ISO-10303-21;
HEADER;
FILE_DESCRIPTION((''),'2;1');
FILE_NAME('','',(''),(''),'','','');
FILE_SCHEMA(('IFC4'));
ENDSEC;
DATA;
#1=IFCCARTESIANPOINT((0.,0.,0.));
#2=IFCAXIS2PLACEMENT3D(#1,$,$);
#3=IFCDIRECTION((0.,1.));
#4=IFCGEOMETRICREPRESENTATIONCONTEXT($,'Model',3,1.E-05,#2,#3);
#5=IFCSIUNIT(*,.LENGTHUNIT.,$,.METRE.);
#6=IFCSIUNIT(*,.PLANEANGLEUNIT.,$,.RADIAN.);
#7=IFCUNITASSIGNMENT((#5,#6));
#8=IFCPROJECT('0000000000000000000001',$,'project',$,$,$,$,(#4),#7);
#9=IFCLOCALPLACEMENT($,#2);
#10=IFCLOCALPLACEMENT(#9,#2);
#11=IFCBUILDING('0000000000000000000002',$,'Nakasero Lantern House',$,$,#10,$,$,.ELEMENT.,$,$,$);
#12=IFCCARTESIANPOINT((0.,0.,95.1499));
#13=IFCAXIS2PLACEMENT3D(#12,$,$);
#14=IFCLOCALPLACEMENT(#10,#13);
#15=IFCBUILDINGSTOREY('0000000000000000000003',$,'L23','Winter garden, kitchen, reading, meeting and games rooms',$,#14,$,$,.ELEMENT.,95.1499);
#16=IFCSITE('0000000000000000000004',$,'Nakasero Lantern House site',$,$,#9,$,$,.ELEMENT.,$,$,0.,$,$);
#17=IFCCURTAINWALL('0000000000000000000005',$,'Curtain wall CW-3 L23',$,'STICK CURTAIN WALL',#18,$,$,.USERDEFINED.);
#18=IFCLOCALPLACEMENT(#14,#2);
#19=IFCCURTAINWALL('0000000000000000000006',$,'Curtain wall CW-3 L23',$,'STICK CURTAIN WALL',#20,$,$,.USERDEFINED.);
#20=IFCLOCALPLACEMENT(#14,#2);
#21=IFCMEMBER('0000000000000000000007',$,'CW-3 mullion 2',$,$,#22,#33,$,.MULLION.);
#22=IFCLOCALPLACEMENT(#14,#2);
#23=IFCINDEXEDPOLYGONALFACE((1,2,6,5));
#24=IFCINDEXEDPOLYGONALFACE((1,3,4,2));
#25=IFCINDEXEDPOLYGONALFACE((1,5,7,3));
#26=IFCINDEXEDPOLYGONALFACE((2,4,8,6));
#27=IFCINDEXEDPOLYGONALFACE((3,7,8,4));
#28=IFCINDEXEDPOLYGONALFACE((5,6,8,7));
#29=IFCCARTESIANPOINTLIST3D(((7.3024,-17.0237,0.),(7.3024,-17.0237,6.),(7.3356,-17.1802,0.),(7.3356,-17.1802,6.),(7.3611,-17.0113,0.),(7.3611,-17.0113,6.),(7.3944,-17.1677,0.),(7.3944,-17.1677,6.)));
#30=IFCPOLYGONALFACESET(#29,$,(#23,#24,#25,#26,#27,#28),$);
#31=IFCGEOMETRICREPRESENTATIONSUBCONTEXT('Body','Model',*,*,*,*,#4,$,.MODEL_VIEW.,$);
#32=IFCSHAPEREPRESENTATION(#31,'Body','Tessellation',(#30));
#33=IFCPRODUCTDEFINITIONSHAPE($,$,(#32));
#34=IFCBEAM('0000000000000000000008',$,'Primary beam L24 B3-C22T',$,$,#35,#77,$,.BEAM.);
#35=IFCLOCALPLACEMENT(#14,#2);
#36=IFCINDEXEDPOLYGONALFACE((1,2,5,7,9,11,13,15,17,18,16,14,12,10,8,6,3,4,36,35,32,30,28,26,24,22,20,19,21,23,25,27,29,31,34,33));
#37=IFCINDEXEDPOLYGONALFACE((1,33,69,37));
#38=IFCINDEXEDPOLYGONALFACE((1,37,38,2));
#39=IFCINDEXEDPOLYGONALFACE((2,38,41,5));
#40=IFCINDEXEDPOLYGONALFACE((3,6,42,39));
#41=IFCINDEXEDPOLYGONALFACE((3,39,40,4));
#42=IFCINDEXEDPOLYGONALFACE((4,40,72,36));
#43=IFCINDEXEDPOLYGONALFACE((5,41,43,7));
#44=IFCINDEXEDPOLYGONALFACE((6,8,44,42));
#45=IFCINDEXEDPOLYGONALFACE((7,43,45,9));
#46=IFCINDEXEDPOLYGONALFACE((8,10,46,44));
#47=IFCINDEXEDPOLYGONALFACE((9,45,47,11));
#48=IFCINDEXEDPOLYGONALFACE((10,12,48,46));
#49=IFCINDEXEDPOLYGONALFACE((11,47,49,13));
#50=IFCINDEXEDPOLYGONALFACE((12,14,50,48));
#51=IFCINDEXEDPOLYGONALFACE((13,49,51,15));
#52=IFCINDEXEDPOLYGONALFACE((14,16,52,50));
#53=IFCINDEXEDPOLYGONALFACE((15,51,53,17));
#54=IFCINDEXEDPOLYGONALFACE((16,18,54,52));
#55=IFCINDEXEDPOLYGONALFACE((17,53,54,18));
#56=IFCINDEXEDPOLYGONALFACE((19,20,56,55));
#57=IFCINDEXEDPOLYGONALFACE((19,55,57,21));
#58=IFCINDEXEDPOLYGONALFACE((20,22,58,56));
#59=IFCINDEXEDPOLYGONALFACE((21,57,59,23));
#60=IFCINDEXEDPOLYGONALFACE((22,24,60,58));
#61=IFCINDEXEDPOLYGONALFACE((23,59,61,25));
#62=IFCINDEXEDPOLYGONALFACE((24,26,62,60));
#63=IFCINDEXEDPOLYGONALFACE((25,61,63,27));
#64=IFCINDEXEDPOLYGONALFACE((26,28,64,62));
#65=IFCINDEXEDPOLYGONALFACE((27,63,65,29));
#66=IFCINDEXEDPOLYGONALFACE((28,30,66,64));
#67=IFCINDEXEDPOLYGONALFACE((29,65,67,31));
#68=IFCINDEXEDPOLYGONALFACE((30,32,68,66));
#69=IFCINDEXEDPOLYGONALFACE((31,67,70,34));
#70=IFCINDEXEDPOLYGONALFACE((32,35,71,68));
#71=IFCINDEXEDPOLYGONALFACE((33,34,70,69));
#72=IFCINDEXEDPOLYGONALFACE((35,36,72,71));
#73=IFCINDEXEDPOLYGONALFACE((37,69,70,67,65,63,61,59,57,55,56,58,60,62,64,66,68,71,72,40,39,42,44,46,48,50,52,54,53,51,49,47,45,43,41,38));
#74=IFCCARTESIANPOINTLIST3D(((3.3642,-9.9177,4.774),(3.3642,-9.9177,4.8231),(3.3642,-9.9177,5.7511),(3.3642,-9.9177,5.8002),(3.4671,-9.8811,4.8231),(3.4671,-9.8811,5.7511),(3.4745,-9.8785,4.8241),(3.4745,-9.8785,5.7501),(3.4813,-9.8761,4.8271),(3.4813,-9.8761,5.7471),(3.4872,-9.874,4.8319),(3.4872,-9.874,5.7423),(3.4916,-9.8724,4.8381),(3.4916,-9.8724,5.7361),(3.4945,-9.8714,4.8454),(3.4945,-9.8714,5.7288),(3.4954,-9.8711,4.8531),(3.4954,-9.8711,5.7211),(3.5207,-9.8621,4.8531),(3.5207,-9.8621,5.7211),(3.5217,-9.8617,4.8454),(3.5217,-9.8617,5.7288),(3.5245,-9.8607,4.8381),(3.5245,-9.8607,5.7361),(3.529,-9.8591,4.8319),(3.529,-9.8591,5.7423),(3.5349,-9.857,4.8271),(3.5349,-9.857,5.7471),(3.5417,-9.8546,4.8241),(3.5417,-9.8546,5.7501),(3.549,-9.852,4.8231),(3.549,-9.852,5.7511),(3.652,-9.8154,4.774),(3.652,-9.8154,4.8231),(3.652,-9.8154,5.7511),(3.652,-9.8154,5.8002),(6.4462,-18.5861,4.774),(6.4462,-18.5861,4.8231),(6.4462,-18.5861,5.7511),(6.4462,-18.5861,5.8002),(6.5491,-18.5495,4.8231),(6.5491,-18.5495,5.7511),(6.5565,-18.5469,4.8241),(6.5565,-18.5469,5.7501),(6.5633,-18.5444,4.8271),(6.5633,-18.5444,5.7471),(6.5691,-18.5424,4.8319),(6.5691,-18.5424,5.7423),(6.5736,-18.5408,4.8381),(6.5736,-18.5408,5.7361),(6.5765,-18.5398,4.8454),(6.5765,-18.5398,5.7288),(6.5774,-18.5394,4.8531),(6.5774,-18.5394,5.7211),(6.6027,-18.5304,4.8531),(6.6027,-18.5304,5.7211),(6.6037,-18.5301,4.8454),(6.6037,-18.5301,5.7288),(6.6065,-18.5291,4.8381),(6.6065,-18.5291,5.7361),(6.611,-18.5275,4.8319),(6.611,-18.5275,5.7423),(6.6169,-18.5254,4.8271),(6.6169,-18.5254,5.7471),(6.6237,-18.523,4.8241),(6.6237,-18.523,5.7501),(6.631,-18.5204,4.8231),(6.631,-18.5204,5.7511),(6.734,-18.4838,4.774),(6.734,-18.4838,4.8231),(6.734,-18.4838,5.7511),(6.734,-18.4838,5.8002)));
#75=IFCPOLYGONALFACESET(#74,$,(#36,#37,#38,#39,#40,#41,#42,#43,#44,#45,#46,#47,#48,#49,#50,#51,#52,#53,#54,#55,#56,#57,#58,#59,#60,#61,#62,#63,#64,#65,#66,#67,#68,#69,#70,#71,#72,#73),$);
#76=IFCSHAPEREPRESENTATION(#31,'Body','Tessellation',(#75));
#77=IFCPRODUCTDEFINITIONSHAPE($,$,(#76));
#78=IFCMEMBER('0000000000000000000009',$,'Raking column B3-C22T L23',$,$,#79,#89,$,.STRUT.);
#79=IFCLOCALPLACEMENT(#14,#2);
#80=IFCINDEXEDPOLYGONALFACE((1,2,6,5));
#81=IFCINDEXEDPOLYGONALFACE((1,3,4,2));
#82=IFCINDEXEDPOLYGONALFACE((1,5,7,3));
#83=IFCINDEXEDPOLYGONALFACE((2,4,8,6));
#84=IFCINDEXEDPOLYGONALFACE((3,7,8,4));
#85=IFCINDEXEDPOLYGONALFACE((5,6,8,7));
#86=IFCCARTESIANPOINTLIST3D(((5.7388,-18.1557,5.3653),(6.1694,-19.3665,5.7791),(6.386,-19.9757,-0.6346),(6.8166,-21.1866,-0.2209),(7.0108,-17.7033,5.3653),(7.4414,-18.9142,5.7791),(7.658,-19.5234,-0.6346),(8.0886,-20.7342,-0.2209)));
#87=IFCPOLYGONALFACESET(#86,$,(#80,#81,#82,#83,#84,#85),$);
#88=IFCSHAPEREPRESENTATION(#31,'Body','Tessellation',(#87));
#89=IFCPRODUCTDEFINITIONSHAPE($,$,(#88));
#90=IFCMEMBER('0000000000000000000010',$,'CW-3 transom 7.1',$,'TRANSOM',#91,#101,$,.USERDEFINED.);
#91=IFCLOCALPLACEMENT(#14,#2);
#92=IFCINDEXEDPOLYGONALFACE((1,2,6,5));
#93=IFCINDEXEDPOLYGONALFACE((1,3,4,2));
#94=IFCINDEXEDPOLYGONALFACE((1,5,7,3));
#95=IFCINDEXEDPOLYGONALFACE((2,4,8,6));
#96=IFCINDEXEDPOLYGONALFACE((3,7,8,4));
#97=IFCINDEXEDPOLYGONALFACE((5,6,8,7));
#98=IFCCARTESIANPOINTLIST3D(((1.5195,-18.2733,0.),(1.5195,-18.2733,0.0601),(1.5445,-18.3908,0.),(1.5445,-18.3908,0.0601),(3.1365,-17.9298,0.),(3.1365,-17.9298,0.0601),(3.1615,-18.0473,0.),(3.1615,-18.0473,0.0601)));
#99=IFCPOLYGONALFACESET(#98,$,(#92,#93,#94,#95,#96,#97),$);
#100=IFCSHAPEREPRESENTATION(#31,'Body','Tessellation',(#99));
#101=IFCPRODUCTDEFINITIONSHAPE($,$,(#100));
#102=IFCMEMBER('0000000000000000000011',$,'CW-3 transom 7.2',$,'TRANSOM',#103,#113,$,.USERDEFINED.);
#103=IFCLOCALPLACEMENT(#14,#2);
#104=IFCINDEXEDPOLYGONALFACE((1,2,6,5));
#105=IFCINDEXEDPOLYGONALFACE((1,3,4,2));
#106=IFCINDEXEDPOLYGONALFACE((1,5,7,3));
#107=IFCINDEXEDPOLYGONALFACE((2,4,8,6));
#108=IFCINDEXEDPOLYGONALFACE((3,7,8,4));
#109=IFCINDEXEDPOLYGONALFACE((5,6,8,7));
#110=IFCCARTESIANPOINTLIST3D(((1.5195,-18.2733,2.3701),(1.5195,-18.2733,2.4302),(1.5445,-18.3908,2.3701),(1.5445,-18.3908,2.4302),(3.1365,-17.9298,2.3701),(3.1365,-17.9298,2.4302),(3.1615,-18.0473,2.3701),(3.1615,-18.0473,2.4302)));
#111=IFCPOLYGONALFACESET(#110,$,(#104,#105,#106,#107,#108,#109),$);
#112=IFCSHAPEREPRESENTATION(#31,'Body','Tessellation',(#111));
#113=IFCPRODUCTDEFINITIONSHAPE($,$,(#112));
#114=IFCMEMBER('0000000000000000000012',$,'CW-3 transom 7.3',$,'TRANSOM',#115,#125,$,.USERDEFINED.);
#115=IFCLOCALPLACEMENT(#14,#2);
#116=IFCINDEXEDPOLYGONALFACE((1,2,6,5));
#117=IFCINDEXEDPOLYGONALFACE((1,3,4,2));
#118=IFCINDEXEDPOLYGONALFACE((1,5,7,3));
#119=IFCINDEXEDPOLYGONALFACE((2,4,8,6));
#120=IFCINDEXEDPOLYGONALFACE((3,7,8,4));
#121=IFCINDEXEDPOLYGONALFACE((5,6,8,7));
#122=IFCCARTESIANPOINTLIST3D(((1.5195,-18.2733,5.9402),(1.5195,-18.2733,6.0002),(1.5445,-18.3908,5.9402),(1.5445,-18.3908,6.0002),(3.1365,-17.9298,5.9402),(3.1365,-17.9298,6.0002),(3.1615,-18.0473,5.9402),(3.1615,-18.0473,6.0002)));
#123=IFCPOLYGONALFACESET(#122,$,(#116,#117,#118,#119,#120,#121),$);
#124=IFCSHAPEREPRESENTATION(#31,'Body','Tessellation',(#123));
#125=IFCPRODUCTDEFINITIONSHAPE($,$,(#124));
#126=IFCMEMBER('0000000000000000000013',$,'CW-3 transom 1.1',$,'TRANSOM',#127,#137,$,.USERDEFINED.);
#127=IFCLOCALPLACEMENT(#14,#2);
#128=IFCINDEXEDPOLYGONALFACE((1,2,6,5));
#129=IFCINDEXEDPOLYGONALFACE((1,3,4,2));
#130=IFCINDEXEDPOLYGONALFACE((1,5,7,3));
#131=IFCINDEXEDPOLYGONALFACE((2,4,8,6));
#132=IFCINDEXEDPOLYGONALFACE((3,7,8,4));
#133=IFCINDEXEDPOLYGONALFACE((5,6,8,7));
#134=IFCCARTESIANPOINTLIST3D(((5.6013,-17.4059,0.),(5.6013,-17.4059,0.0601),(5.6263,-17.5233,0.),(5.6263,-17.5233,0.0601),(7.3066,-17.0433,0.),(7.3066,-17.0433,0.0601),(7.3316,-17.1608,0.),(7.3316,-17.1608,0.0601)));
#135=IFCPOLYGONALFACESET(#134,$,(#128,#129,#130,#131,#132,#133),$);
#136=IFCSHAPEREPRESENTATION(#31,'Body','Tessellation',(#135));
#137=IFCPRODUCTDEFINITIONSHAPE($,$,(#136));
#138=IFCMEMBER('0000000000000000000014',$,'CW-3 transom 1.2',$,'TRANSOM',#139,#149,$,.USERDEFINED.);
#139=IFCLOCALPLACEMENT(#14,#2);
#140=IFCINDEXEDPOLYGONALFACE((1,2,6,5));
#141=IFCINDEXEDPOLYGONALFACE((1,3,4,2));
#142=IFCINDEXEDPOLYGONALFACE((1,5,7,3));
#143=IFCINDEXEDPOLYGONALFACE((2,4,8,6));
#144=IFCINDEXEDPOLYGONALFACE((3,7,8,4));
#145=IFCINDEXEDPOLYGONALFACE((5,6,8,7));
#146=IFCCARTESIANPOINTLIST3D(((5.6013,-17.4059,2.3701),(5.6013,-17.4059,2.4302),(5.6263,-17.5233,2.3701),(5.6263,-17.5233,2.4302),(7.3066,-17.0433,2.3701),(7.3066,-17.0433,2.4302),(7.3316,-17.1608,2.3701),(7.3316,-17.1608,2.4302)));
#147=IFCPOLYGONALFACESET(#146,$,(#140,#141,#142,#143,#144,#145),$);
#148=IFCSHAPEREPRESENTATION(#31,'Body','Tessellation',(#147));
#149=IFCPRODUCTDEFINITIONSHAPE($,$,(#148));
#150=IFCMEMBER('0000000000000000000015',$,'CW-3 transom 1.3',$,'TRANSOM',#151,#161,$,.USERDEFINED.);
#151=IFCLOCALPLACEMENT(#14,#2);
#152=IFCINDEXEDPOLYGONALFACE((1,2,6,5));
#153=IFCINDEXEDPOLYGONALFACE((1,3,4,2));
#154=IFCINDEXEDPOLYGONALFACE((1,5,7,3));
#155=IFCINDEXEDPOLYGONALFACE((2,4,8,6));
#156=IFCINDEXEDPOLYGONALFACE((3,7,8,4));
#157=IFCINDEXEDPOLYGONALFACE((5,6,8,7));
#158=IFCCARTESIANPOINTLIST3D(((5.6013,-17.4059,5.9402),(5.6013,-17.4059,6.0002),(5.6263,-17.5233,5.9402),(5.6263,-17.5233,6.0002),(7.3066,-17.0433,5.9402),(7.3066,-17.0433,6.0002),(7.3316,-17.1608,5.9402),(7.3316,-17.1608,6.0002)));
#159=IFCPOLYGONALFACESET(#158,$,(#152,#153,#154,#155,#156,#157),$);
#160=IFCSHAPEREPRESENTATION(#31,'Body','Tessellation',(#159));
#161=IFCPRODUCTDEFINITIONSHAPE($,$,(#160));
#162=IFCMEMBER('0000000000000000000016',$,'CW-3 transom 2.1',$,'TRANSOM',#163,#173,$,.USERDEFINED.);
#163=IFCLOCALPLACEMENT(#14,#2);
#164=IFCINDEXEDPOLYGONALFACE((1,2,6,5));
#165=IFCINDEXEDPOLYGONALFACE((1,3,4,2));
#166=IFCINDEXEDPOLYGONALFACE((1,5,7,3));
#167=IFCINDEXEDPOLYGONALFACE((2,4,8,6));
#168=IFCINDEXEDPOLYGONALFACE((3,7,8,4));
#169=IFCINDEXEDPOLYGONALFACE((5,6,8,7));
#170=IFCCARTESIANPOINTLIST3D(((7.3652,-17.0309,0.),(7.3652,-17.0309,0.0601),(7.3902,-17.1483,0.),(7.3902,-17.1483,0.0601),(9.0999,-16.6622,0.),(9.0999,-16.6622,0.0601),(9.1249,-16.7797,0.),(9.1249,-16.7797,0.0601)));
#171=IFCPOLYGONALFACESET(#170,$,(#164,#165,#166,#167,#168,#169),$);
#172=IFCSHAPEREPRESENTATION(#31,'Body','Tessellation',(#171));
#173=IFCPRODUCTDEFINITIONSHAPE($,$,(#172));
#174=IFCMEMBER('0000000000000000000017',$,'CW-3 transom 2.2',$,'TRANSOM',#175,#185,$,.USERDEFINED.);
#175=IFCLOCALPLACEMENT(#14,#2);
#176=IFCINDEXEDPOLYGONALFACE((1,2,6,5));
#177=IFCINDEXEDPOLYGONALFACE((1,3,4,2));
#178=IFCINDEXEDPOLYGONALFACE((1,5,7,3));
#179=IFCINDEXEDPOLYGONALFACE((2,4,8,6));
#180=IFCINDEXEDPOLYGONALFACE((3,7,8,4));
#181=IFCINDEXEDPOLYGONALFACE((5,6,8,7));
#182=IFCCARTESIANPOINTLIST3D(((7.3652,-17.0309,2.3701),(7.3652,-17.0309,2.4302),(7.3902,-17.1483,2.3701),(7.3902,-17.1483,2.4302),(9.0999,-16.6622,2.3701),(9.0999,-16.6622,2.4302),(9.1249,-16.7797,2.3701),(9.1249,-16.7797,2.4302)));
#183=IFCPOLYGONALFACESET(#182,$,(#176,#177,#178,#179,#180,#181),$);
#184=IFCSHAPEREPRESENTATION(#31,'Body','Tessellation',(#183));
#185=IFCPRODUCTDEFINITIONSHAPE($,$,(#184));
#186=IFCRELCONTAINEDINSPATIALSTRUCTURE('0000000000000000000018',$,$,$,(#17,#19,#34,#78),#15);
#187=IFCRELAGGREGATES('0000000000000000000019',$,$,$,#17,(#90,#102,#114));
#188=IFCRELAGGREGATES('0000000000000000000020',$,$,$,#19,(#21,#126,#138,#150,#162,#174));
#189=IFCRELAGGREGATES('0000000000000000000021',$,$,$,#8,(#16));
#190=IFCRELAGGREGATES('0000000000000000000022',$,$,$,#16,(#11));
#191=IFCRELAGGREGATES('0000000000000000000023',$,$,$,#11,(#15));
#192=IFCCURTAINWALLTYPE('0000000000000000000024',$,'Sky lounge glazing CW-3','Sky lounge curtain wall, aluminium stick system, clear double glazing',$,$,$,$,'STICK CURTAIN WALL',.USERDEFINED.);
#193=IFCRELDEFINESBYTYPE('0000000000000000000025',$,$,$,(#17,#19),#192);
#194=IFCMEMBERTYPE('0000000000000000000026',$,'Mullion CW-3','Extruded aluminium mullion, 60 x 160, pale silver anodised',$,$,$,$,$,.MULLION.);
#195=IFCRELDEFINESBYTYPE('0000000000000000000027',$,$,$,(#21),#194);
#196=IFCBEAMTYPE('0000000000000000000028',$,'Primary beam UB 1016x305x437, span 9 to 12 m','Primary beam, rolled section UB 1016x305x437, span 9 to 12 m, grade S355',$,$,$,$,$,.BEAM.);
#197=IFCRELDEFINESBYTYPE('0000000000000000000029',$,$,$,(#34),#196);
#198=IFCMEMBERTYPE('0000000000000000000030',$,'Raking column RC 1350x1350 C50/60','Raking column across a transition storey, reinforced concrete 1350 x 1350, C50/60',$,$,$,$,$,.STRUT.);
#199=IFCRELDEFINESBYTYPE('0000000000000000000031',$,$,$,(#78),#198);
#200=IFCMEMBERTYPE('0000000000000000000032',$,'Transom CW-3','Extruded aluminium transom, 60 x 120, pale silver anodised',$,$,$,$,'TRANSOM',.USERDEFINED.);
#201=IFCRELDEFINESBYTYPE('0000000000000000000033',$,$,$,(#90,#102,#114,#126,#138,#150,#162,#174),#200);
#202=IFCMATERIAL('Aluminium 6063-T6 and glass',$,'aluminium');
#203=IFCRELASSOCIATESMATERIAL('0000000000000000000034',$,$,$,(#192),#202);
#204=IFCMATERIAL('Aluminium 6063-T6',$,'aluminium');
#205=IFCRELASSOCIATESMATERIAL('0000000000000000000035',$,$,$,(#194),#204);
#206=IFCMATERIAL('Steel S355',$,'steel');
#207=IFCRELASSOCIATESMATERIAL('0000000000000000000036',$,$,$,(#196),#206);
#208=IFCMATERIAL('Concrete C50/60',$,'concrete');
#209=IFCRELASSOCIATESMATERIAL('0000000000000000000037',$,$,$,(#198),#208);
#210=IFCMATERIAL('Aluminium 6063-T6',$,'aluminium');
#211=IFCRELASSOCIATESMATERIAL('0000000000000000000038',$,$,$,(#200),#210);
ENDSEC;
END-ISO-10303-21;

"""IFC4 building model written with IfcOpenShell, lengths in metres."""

from ifc_helpers import new_model, si_unit, direction, frame, origin, origin_2d, place, context, subcontext, project, spatial, rectangle, i_section, extrude, material, material_profile, profile_set, type_object, element, aggregate, save


model = new_model("IFC4")

# Units and contexts
model_context = context("Model", 3, precision=1e-05, world=origin(), true_north=direction((0.0, 1.0)))
body_context = subcontext(model_context, "Body", "Model", "MODEL_VIEW")
ifc_project = project(units=[si_unit("LENGTHUNIT", "METRE"), si_unit("PLANEANGLEUNIT", "RADIAN")], contexts=[model_context])

# Site, building, storey
site_placement = place(None, origin())
site = spatial("IfcSite", under=ifc_project, at=site_placement, Name="Nakasero Lantern House site", CompositionType="ELEMENT", RefElevation=0.0)
building_placement = place(site_placement, origin())
building = spatial("IfcBuilding", under=site, at=building_placement, Name="Nakasero Lantern House", CompositionType="ELEMENT")
storey_placement = place(building_placement, frame((0.0, 0.0, 95.1499)))
storey = spatial("IfcBuildingStorey", under=building, at=storey_placement, Name="L23", Description="Winter garden, kitchen, reading, meeting and games rooms", CompositionType="ELEMENT", Elevation=95.1499)

# Curtain walls, member
ifc_material_1 = material(Name="Aluminium 6063-T6 and glass", Category="aluminium")
curtain_wall_type = type_object("IfcCurtainWallType", Name="Sky lounge glazing CW-3", Description="Sky lounge curtain wall, aluminium stick system, clear double glazing", ElementType="STICK CURTAIN WALL", PredefinedType="USERDEFINED", material=ifc_material_1)
curtain_wall_1_placement = place(storey_placement, origin())
curtain_wall_1 = element("IfcCurtainWall", 1, at=curtain_wall_1_placement, inside=storey, type_object=curtain_wall_type, Name="Curtain wall CW-3 L23", ObjectType="STICK CURTAIN WALL", PredefinedType="USERDEFINED")
ifc_material_2 = material(Name="Aluminium 6063-T6", Category="aluminium")
ifc_material_profile_1 = material_profile(ifc_material_2, rectangle(XDim=0.0601, YDim=0.1599, at=origin_2d()), Name="CW-3 mullion 60x160")
ifc_profile_set_1 = profile_set([ifc_material_profile_1], Name="Aluminium 6063-T6")
member_type_1 = type_object("IfcMemberType", Name="Mullion CW-3", Description="Extruded aluminium mullion, 60 x 160, pale silver anodised", PredefinedType="MULLION", material=ifc_profile_set_1)
curtain_wall_2_placement = place(storey_placement, origin())
curtain_wall_2 = element("IfcCurtainWall", 2, at=curtain_wall_2_placement, inside=storey, type_object=curtain_wall_type, Name="Curtain wall CW-3 L23", ObjectType="STICK CURTAIN WALL", PredefinedType="USERDEFINED")
member_1_placement = place(storey_placement, frame((7.3484, -17.0957, 0.0), z_axis=(0.0, 0.0, 1.0), x_axis=(0.978148, 0.207912, 0.0)))
member_1 = element("IfcMember", 3, at=member_1_placement, type_object=member_type_1, Name="CW-3 mullion 2", PredefinedType="MULLION", context=body_context, shape_type="SweptSolid", body=[
    extrude(rectangle(XDim=0.0601, YDim=0.1599, at=origin_2d()), origin(), (0.0, 0.0, 1.0), 6.0),
])

# Beam
ifc_material_3 = material(Name="Steel S355", Category="steel")
ifc_material_profile_2 = material_profile(ifc_material_3, i_section(OverallWidth=0.3054, OverallDepth=1.0261, WebThickness=0.0269, FlangeThickness=0.0491, FilletRadius=0.03, at=origin_2d()), Name="UB 1016x305x437")
ifc_profile_set_2 = profile_set([ifc_material_profile_2], Name="Steel S355")
beam_type_1 = type_object("IfcBeamType", Name="Primary beam UB 1016x305x437, span 9 to 12 m", Description="Primary beam, rolled section UB 1016x305x437, span 9 to 12 m, grade S355", PredefinedType="BEAM", material=ifc_profile_set_2)
beam_1_placement = place(storey_placement, frame((6.5901, -18.5349, 5.2871), z_axis=(-0.335001, 0.942218, 0.0), x_axis=(-0.942218, -0.335001, 0.0)))
element("IfcBeam", 4, at=beam_1_placement, inside=storey, type_object=beam_type_1, Name="Primary beam L24 B3-C22T", PredefinedType="BEAM", context=body_context, shape_type="SweptSolid", body=[
    extrude(i_section(OverallWidth=0.3054, OverallDepth=1.0261, WebThickness=0.0269, FlangeThickness=0.0491, FilletRadius=0.03, at=origin_2d()), origin(), (0.0, 0.0, 1.0), 9.2),
])

# Members
ifc_material_4 = material(Name="Concrete C50/60", Category="concrete")
ifc_material_profile_3 = material_profile(ifc_material_4, rectangle(XDim=1.3501, YDim=1.3501, at=origin_2d()), Name="RC 1350x1350")
ifc_profile_set_3 = profile_set([ifc_material_profile_3], Name="Concrete C50/60")
member_type_2 = type_object("IfcMemberType", Name="Raking column RC 1350x1350 C50/60", Description="Raking column across a transition storey, reinforced concrete 1350 x 1350, C50/60", PredefinedType="STRUT", material=ifc_profile_set_3)
member_2_placement = place(storey_placement, frame((7.2373, -20.355, -0.4277), z_axis=(-0.102679, 0.288749, 0.951883), x_axis=(-0.942201, -0.335047, 0.0)))
element("IfcMember", 5, at=member_2_placement, inside=storey, type_object=member_type_2, Name="Raking column B3-C22T L23", PredefinedType="STRUT", context=body_context, shape_type="SweptSolid", body=[
    extrude(rectangle(XDim=1.3501, YDim=1.3501, at=origin_2d()), origin(), (0.0, 0.0, 1.0), 6.3032),
])
ifc_material_5 = material(Name="Aluminium 6063-T6", Category="aluminium")
ifc_material_profile_4 = material_profile(ifc_material_5, rectangle(XDim=0.0601, YDim=0.1201, at=origin_2d()), Name="CW-3 transom 60x120")
ifc_profile_set_4 = profile_set([ifc_material_profile_4], Name="Aluminium 6063-T6")
member_type_3 = type_object("IfcMemberType", Name="Transom CW-3", Description="Extruded aluminium transom, 60 x 120, pale silver anodised", ElementType="TRANSOM", PredefinedType="USERDEFINED", material=ifc_profile_set_4)
member_3_placement = place(storey_placement, frame((1.532, -18.332, 0.03), z_axis=(0.97817, 0.207804, 0.0), x_axis=(0.0, 0.0, 1.0)))
member_3 = element("IfcMember", 6, at=member_3_placement, type_object=member_type_3, Name="CW-3 transom 7.1", ObjectType="TRANSOM", PredefinedType="USERDEFINED", context=body_context, shape_type="SweptSolid", body=[
    extrude(rectangle(XDim=0.0601, YDim=0.1201, at=origin_2d()), origin(), (0.0, 0.0, 1.0), 1.6531),
])
member_4_placement = place(storey_placement, frame((1.532, -18.332, 2.4001), z_axis=(0.97817, 0.207804, 0.0), x_axis=(0.0, 0.0, 1.0)))
member_4 = element("IfcMember", 7, at=member_4_placement, type_object=member_type_3, Name="CW-3 transom 7.2", ObjectType="TRANSOM", PredefinedType="USERDEFINED", context=body_context, shape_type="SweptSolid", body=[
    extrude(rectangle(XDim=0.0601, YDim=0.1201, at=origin_2d()), origin(), (0.0, 0.0, 1.0), 1.6531),
])
member_5_placement = place(storey_placement, frame((1.532, -18.332, 5.9702), z_axis=(0.97817, 0.207804, 0.0), x_axis=(0.0, 0.0, 1.0)))
member_5 = element("IfcMember", 8, at=member_5_placement, type_object=member_type_3, Name="CW-3 transom 7.3", ObjectType="TRANSOM", PredefinedType="USERDEFINED", context=body_context, shape_type="SweptSolid", body=[
    extrude(rectangle(XDim=0.0601, YDim=0.1201, at=origin_2d()), origin(), (0.0, 0.0, 1.0), 1.6531),
])
member_6_placement = place(storey_placement, frame((5.6138, -17.4646, 0.03), z_axis=(0.978139, 0.207951, 0.0), x_axis=(0.0, 0.0, 1.0)))
member_6 = element("IfcMember", 9, at=member_6_placement, type_object=member_type_3, Name="CW-3 transom 1.1", ObjectType="TRANSOM", PredefinedType="USERDEFINED", context=body_context, shape_type="SweptSolid", body=[
    extrude(rectangle(XDim=0.0601, YDim=0.1201, at=origin_2d()), origin(), (0.0, 0.0, 1.0), 1.7434),
])
member_7_placement = place(storey_placement, frame((5.6138, -17.4646, 2.4001), z_axis=(0.978139, 0.207951, 0.0), x_axis=(0.0, 0.0, 1.0)))
member_7 = element("IfcMember", 10, at=member_7_placement, type_object=member_type_3, Name="CW-3 transom 1.2", ObjectType="TRANSOM", PredefinedType="USERDEFINED", context=body_context, shape_type="SweptSolid", body=[
    extrude(rectangle(XDim=0.0601, YDim=0.1201, at=origin_2d()), origin(), (0.0, 0.0, 1.0), 1.7434),
])
member_8_placement = place(storey_placement, frame((5.6138, -17.4646, 5.9702), z_axis=(0.978139, 0.207951, 0.0), x_axis=(0.0, 0.0, 1.0)))
member_8 = element("IfcMember", 11, at=member_8_placement, type_object=member_type_3, Name="CW-3 transom 1.3", ObjectType="TRANSOM", PredefinedType="USERDEFINED", context=body_context, shape_type="SweptSolid", body=[
    extrude(rectangle(XDim=0.0601, YDim=0.1201, at=origin_2d()), origin(), (0.0, 0.0, 1.0), 1.7434),
])
member_9_placement = place(storey_placement, frame((7.3777, -17.0896, 0.03), z_axis=(0.978154, 0.207883, 0.0), x_axis=(0.0, 0.0, 1.0)))
member_9 = element("IfcMember", 12, at=member_9_placement, type_object=member_type_3, Name="CW-3 transom 2.1", ObjectType="TRANSOM", PredefinedType="USERDEFINED", context=body_context, shape_type="SweptSolid", body=[
    extrude(rectangle(XDim=0.0601, YDim=0.1201, at=origin_2d()), origin(), (0.0, 0.0, 1.0), 1.7734),
])
member_10_placement = place(storey_placement, frame((7.3777, -17.0896, 2.4001), z_axis=(0.978154, 0.207883, 0.0), x_axis=(0.0, 0.0, 1.0)))
member_10 = element("IfcMember", 13, at=member_10_placement, type_object=member_type_3, Name="CW-3 transom 2.2", ObjectType="TRANSOM", PredefinedType="USERDEFINED", context=body_context, shape_type="SweptSolid", body=[
    extrude(rectangle(XDim=0.0601, YDim=0.1201, at=origin_2d()), origin(), (0.0, 0.0, 1.0), 1.7734),
])

aggregate(curtain_wall_1, [member_3, member_4, member_5])
aggregate(curtain_wall_2, [member_1, member_6, member_7, member_8, member_9, member_10])

save(model, "model.ifc")
